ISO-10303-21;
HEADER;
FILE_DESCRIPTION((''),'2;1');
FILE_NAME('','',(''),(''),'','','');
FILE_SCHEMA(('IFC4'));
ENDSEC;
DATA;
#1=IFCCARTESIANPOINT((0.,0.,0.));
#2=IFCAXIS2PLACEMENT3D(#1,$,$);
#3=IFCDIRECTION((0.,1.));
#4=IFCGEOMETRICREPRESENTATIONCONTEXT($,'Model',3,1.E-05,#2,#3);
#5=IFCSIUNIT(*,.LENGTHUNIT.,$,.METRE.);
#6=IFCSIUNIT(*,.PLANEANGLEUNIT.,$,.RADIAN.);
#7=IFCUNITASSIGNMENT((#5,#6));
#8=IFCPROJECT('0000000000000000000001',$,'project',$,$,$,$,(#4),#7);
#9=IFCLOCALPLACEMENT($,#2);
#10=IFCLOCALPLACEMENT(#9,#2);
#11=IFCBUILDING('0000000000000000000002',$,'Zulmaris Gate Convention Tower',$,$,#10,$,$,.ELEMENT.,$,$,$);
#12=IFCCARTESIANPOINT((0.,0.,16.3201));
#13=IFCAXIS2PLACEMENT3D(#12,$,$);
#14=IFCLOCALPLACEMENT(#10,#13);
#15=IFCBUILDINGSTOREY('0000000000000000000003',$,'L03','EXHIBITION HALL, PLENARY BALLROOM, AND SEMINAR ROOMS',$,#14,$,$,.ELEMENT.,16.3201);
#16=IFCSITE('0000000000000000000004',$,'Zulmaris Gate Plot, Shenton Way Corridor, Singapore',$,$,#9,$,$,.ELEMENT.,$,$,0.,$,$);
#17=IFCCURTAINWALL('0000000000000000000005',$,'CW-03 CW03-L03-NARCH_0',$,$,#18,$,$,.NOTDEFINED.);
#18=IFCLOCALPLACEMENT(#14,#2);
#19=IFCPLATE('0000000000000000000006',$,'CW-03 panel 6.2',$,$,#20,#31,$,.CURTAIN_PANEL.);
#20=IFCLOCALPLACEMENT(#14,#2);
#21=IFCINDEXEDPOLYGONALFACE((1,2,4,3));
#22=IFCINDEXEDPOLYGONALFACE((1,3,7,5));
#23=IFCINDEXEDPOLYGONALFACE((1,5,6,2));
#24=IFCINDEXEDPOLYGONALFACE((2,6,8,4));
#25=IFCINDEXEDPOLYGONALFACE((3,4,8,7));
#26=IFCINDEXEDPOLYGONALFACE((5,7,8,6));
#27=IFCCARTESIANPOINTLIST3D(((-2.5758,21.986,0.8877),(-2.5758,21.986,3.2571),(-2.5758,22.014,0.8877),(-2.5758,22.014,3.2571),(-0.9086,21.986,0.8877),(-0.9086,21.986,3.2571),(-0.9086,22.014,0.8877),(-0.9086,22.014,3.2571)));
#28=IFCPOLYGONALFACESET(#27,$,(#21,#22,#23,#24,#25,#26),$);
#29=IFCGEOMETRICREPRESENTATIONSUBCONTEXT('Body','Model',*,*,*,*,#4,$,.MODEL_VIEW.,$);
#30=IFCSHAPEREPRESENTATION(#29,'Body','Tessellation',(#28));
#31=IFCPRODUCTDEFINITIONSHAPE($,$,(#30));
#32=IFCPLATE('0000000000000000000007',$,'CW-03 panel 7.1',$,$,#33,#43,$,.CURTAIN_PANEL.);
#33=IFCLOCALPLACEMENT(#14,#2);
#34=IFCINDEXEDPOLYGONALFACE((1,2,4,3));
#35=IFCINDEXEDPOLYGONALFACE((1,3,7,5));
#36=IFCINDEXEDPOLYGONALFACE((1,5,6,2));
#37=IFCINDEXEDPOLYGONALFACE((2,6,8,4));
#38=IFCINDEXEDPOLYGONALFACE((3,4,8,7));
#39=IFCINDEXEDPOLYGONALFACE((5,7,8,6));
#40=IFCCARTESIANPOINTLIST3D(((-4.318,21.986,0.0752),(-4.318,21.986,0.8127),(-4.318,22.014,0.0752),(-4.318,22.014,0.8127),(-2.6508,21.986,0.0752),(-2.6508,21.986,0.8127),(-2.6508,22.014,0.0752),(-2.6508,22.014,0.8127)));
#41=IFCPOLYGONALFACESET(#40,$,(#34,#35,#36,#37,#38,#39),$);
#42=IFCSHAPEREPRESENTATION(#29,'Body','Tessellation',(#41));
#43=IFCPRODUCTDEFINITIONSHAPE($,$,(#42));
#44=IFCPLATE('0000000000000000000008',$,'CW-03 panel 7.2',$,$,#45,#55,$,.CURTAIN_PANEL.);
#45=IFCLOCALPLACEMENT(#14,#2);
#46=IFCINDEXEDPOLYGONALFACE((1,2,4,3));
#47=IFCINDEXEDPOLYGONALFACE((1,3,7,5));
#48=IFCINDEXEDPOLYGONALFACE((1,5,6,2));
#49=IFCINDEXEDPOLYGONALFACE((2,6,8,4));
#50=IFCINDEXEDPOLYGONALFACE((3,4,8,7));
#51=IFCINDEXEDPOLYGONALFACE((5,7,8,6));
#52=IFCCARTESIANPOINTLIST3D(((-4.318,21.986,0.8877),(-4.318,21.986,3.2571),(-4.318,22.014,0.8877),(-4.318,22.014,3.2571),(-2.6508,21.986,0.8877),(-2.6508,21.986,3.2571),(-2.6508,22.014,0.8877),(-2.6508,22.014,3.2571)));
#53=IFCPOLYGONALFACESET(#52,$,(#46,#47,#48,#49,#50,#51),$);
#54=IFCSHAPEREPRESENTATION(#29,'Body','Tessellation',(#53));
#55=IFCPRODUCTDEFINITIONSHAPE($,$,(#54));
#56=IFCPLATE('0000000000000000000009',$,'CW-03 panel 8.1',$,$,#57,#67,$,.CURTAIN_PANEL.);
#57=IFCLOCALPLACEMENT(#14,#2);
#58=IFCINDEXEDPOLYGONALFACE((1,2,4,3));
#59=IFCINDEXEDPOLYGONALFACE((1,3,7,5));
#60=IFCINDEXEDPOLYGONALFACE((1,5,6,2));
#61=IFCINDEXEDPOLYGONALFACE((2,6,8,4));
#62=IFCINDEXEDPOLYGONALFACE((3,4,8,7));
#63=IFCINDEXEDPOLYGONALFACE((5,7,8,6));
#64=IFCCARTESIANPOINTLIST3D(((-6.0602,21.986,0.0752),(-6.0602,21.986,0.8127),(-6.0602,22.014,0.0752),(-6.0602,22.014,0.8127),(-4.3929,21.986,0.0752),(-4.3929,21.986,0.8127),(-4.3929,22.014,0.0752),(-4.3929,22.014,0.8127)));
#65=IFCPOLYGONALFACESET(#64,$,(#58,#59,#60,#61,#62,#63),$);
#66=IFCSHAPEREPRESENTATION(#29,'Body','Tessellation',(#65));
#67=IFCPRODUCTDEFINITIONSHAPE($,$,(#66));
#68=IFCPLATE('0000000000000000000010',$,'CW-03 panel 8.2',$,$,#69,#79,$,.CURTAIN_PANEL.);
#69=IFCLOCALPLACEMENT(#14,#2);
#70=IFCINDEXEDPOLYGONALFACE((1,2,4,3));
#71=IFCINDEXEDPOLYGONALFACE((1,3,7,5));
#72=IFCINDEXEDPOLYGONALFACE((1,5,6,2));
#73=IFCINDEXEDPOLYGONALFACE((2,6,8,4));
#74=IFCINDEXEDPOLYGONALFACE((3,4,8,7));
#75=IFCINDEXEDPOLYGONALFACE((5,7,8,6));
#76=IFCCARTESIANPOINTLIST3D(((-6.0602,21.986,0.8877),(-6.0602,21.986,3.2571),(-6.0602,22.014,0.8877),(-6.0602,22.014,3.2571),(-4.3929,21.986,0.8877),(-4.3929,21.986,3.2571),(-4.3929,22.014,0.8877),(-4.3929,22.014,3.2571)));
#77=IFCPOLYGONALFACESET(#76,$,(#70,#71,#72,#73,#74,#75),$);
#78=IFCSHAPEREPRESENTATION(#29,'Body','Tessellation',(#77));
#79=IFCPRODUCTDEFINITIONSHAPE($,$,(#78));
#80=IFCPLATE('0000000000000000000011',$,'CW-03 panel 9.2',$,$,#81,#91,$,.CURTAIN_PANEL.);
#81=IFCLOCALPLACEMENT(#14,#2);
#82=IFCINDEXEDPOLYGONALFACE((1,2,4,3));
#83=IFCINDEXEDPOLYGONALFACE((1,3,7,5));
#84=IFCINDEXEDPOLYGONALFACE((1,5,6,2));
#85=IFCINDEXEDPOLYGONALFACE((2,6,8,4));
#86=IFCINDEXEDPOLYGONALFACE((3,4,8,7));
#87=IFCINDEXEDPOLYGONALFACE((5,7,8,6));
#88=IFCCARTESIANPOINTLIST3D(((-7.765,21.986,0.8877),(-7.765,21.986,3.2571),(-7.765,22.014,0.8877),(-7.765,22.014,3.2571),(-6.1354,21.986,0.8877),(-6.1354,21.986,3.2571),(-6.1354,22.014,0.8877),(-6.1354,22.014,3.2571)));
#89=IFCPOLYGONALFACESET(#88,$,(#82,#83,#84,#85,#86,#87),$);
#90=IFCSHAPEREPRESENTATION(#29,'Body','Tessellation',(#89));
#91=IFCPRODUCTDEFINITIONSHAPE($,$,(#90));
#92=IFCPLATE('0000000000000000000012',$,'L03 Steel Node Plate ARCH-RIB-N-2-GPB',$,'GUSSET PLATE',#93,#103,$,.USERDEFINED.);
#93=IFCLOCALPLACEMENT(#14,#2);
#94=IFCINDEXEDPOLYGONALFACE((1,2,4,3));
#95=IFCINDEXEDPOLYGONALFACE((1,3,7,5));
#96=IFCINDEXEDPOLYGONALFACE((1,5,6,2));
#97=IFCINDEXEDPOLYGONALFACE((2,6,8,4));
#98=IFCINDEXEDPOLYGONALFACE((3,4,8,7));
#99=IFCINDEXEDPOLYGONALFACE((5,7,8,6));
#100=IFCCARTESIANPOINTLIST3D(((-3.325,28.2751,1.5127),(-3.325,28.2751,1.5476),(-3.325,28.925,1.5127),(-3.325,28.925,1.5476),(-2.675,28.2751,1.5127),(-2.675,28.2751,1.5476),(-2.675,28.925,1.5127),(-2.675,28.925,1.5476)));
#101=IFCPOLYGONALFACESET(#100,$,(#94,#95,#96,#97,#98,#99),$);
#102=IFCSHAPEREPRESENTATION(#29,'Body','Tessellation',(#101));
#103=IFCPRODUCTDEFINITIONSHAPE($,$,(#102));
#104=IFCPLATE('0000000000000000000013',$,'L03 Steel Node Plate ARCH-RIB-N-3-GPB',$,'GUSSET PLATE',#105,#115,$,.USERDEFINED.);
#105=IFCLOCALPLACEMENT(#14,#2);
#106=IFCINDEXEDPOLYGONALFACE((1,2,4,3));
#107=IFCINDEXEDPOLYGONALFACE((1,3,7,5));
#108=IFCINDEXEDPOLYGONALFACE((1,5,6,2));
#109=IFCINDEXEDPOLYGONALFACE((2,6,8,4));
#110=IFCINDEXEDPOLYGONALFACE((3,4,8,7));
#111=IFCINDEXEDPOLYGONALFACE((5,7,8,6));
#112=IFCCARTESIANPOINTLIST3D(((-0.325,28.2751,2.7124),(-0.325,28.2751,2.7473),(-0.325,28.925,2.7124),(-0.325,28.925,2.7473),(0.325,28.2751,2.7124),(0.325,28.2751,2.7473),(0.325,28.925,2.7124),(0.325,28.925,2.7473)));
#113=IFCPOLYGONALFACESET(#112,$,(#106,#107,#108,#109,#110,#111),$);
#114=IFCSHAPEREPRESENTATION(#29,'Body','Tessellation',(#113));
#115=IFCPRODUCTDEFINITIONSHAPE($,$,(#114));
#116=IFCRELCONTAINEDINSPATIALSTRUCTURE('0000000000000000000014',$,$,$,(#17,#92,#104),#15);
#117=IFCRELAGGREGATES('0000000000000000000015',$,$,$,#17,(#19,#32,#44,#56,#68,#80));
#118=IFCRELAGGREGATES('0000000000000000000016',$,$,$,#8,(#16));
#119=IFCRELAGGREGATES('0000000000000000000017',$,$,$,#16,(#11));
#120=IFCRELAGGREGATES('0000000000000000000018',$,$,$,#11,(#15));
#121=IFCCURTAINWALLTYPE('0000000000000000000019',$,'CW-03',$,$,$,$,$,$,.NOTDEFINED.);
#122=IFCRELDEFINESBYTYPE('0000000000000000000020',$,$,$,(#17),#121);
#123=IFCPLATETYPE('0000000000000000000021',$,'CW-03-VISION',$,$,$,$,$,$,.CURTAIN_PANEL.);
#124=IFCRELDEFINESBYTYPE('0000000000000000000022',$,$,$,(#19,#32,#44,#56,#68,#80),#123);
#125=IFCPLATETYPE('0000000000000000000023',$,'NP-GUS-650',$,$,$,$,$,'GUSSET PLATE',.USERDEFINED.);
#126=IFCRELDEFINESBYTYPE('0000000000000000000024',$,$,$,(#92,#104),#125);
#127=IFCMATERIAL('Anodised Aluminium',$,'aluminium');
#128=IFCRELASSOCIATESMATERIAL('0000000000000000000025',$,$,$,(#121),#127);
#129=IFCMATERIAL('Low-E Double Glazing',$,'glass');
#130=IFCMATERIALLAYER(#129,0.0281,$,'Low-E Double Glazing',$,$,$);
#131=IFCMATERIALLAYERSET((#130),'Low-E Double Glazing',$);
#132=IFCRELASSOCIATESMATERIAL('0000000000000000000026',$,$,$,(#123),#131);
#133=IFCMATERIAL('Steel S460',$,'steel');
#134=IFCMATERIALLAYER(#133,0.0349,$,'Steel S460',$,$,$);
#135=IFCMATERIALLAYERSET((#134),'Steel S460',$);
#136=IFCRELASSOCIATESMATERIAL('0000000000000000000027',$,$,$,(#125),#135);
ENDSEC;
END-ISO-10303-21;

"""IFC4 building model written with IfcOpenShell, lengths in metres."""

from ifc_helpers import new_model, si_unit, direction, frame, origin, origin_2d, place, context, subcontext, project, spatial, rectangle, extrude, material, layer, layer_set, type_object, element, aggregate, save


model = new_model("IFC4")

# Units and contexts
model_context = context("Model", 3, precision=1e-05, world=origin(), true_north=direction((0.0, 1.0)))
body_context = subcontext(model_context, "Body", "Model", "MODEL_VIEW")
ifc_project = project(units=[si_unit("LENGTHUNIT", "METRE"), si_unit("PLANEANGLEUNIT", "RADIAN")], contexts=[model_context])

# Site, building, storey
site_placement = place(None, origin())
site = spatial("IfcSite", under=ifc_project, at=site_placement, Name="Zulmaris Gate Plot, Shenton Way Corridor, Singapore", CompositionType="ELEMENT", RefElevation=0.0)
building_placement = place(site_placement, origin())
building = spatial("IfcBuilding", under=site, at=building_placement, Name="Zulmaris Gate Convention Tower", CompositionType="ELEMENT")
storey_placement = place(building_placement, frame((0.0, 0.0, 16.3201)))
storey = spatial("IfcBuildingStorey", under=building, at=storey_placement, Name="L03", Description="EXHIBITION HALL, PLENARY BALLROOM, AND SEMINAR ROOMS", CompositionType="ELEMENT", Elevation=16.3201)

# Shared definitions
ifc_material_1 = material(Name="Steel S460", Category="steel")

# Curtain wall, plates
ifc_material_2 = material(Name="Anodised Aluminium", Category="aluminium")
curtain_wall_type = type_object("IfcCurtainWallType", Name="CW-03", PredefinedType="NOTDEFINED", material=ifc_material_2)
curtain_wall_placement = place(storey_placement, origin())
curtain_wall = element("IfcCurtainWall", 1, at=curtain_wall_placement, inside=storey, type_object=curtain_wall_type, Name="CW-03 CW03-L03-NARCH_0", PredefinedType="NOTDEFINED")
ifc_material_3 = material(Name="Low-E Double Glazing", Category="glass")
ifc_layer_1 = layer(ifc_material_3, 0.0281, Name="Low-E Double Glazing")
ifc_layer_set_1 = layer_set([ifc_layer_1], Name="Low-E Double Glazing")
plate_type_1 = type_object("IfcPlateType", Name="CW-03-VISION", PredefinedType="CURTAIN_PANEL", material=ifc_layer_set_1)
plate_1_placement = place(storey_placement, frame((-1.7422, 22.0, 0.8877), z_axis=(0.0, 0.0, 1.0), x_axis=(-1.0, 0.0, 0.0)))
plate_1 = element("IfcPlate", 2, at=plate_1_placement, type_object=plate_type_1, Name="CW-03 panel 6.2", PredefinedType="CURTAIN_PANEL", context=body_context, shape_type="SweptSolid", body=[
    extrude(rectangle(XDim=1.6672, YDim=0.0281, at=origin_2d()), origin(), (0.0, 0.0, 1.0), 2.3694),
])
plate_2_placement = place(storey_placement, frame((-3.4844, 22.0, 0.0752), z_axis=(0.0, 0.0, 1.0), x_axis=(-1.0, 0.0, 0.0)))
plate_2 = element("IfcPlate", 3, at=plate_2_placement, type_object=plate_type_1, Name="CW-03 panel 7.1", PredefinedType="CURTAIN_PANEL", context=body_context, shape_type="SweptSolid", body=[
    extrude(rectangle(XDim=1.6672, YDim=0.0281, at=origin_2d()), origin(), (0.0, 0.0, 1.0), 0.7375),
])
plate_3_placement = place(storey_placement, frame((-3.4844, 22.0, 0.8877), z_axis=(0.0, 0.0, 1.0), x_axis=(-1.0, 0.0, 0.0)))
plate_3 = element("IfcPlate", 4, at=plate_3_placement, type_object=plate_type_1, Name="CW-03 panel 7.2", PredefinedType="CURTAIN_PANEL", context=body_context, shape_type="SweptSolid", body=[
    extrude(rectangle(XDim=1.6672, YDim=0.0281, at=origin_2d()), origin(), (0.0, 0.0, 1.0), 2.3694),
])
plate_4_placement = place(storey_placement, frame((-5.2266, 22.0, 0.0752), z_axis=(0.0, 0.0, 1.0), x_axis=(-1.0, 0.0, 0.0)))
plate_4 = element("IfcPlate", 5, at=plate_4_placement, type_object=plate_type_1, Name="CW-03 panel 8.1", PredefinedType="CURTAIN_PANEL", context=body_context, shape_type="SweptSolid", body=[
    extrude(rectangle(XDim=1.6672, YDim=0.0281, at=origin_2d()), origin(), (0.0, 0.0, 1.0), 0.7375),
])
plate_5_placement = place(storey_placement, frame((-5.2266, 22.0, 0.8877), z_axis=(0.0, 0.0, 1.0), x_axis=(-1.0, 0.0, 0.0)))
plate_5 = element("IfcPlate", 6, at=plate_5_placement, type_object=plate_type_1, Name="CW-03 panel 8.2", PredefinedType="CURTAIN_PANEL", context=body_context, shape_type="SweptSolid", body=[
    extrude(rectangle(XDim=1.6672, YDim=0.0281, at=origin_2d()), origin(), (0.0, 0.0, 1.0), 2.3694),
])
plate_6_placement = place(storey_placement, frame((-6.9502, 22.0, 0.8877), z_axis=(0.0, 0.0, 1.0), x_axis=(-1.0, 0.0, 0.0)))
plate_6 = element("IfcPlate", 7, at=plate_6_placement, type_object=plate_type_1, Name="CW-03 panel 9.2", PredefinedType="CURTAIN_PANEL", context=body_context, shape_type="SweptSolid", body=[
    extrude(rectangle(XDim=1.6296, YDim=0.0281, at=origin_2d()), origin(), (0.0, 0.0, 1.0), 2.3694),
])
aggregate(curtain_wall, [plate_1, plate_2, plate_3, plate_4, plate_5, plate_6])

# Plates
ifc_layer_2 = layer(ifc_material_1, 0.0349, Name="Steel S460")
ifc_layer_set_2 = layer_set([ifc_layer_2], Name="Steel S460")
plate_type_2 = type_object("IfcPlateType", Name="NP-GUS-650", ElementType="GUSSET PLATE", PredefinedType="USERDEFINED", material=ifc_layer_set_2)
for number, where, z_axis, x_axis, name in (
    (8, (-3.0, 28.6001, 1.5127), (0.0, 0.0, 1.0), (1.0, 0.0, 0.0), "L03 Steel Node Plate ARCH-RIB-N-2-GPB"),
    (9, (0.0, 28.6001, 2.7124), (0.0, 0.0, 1.0), (1.0, 0.0, 0.0), "L03 Steel Node Plate ARCH-RIB-N-3-GPB"),
):
    element("IfcPlate", number, at=place(storey_placement, frame(where, z_axis=z_axis, x_axis=x_axis)), inside=storey, type_object=plate_type_2, Name=name, ObjectType="GUSSET PLATE", PredefinedType="USERDEFINED", context=body_context, shape_type="SweptSolid", body=[
        extrude(rectangle(XDim=0.6499, YDim=0.6499, at=origin_2d()), origin(), (0.0, 0.0, 1.0), 0.0349),
    ])

save(model, "model.ifc")
